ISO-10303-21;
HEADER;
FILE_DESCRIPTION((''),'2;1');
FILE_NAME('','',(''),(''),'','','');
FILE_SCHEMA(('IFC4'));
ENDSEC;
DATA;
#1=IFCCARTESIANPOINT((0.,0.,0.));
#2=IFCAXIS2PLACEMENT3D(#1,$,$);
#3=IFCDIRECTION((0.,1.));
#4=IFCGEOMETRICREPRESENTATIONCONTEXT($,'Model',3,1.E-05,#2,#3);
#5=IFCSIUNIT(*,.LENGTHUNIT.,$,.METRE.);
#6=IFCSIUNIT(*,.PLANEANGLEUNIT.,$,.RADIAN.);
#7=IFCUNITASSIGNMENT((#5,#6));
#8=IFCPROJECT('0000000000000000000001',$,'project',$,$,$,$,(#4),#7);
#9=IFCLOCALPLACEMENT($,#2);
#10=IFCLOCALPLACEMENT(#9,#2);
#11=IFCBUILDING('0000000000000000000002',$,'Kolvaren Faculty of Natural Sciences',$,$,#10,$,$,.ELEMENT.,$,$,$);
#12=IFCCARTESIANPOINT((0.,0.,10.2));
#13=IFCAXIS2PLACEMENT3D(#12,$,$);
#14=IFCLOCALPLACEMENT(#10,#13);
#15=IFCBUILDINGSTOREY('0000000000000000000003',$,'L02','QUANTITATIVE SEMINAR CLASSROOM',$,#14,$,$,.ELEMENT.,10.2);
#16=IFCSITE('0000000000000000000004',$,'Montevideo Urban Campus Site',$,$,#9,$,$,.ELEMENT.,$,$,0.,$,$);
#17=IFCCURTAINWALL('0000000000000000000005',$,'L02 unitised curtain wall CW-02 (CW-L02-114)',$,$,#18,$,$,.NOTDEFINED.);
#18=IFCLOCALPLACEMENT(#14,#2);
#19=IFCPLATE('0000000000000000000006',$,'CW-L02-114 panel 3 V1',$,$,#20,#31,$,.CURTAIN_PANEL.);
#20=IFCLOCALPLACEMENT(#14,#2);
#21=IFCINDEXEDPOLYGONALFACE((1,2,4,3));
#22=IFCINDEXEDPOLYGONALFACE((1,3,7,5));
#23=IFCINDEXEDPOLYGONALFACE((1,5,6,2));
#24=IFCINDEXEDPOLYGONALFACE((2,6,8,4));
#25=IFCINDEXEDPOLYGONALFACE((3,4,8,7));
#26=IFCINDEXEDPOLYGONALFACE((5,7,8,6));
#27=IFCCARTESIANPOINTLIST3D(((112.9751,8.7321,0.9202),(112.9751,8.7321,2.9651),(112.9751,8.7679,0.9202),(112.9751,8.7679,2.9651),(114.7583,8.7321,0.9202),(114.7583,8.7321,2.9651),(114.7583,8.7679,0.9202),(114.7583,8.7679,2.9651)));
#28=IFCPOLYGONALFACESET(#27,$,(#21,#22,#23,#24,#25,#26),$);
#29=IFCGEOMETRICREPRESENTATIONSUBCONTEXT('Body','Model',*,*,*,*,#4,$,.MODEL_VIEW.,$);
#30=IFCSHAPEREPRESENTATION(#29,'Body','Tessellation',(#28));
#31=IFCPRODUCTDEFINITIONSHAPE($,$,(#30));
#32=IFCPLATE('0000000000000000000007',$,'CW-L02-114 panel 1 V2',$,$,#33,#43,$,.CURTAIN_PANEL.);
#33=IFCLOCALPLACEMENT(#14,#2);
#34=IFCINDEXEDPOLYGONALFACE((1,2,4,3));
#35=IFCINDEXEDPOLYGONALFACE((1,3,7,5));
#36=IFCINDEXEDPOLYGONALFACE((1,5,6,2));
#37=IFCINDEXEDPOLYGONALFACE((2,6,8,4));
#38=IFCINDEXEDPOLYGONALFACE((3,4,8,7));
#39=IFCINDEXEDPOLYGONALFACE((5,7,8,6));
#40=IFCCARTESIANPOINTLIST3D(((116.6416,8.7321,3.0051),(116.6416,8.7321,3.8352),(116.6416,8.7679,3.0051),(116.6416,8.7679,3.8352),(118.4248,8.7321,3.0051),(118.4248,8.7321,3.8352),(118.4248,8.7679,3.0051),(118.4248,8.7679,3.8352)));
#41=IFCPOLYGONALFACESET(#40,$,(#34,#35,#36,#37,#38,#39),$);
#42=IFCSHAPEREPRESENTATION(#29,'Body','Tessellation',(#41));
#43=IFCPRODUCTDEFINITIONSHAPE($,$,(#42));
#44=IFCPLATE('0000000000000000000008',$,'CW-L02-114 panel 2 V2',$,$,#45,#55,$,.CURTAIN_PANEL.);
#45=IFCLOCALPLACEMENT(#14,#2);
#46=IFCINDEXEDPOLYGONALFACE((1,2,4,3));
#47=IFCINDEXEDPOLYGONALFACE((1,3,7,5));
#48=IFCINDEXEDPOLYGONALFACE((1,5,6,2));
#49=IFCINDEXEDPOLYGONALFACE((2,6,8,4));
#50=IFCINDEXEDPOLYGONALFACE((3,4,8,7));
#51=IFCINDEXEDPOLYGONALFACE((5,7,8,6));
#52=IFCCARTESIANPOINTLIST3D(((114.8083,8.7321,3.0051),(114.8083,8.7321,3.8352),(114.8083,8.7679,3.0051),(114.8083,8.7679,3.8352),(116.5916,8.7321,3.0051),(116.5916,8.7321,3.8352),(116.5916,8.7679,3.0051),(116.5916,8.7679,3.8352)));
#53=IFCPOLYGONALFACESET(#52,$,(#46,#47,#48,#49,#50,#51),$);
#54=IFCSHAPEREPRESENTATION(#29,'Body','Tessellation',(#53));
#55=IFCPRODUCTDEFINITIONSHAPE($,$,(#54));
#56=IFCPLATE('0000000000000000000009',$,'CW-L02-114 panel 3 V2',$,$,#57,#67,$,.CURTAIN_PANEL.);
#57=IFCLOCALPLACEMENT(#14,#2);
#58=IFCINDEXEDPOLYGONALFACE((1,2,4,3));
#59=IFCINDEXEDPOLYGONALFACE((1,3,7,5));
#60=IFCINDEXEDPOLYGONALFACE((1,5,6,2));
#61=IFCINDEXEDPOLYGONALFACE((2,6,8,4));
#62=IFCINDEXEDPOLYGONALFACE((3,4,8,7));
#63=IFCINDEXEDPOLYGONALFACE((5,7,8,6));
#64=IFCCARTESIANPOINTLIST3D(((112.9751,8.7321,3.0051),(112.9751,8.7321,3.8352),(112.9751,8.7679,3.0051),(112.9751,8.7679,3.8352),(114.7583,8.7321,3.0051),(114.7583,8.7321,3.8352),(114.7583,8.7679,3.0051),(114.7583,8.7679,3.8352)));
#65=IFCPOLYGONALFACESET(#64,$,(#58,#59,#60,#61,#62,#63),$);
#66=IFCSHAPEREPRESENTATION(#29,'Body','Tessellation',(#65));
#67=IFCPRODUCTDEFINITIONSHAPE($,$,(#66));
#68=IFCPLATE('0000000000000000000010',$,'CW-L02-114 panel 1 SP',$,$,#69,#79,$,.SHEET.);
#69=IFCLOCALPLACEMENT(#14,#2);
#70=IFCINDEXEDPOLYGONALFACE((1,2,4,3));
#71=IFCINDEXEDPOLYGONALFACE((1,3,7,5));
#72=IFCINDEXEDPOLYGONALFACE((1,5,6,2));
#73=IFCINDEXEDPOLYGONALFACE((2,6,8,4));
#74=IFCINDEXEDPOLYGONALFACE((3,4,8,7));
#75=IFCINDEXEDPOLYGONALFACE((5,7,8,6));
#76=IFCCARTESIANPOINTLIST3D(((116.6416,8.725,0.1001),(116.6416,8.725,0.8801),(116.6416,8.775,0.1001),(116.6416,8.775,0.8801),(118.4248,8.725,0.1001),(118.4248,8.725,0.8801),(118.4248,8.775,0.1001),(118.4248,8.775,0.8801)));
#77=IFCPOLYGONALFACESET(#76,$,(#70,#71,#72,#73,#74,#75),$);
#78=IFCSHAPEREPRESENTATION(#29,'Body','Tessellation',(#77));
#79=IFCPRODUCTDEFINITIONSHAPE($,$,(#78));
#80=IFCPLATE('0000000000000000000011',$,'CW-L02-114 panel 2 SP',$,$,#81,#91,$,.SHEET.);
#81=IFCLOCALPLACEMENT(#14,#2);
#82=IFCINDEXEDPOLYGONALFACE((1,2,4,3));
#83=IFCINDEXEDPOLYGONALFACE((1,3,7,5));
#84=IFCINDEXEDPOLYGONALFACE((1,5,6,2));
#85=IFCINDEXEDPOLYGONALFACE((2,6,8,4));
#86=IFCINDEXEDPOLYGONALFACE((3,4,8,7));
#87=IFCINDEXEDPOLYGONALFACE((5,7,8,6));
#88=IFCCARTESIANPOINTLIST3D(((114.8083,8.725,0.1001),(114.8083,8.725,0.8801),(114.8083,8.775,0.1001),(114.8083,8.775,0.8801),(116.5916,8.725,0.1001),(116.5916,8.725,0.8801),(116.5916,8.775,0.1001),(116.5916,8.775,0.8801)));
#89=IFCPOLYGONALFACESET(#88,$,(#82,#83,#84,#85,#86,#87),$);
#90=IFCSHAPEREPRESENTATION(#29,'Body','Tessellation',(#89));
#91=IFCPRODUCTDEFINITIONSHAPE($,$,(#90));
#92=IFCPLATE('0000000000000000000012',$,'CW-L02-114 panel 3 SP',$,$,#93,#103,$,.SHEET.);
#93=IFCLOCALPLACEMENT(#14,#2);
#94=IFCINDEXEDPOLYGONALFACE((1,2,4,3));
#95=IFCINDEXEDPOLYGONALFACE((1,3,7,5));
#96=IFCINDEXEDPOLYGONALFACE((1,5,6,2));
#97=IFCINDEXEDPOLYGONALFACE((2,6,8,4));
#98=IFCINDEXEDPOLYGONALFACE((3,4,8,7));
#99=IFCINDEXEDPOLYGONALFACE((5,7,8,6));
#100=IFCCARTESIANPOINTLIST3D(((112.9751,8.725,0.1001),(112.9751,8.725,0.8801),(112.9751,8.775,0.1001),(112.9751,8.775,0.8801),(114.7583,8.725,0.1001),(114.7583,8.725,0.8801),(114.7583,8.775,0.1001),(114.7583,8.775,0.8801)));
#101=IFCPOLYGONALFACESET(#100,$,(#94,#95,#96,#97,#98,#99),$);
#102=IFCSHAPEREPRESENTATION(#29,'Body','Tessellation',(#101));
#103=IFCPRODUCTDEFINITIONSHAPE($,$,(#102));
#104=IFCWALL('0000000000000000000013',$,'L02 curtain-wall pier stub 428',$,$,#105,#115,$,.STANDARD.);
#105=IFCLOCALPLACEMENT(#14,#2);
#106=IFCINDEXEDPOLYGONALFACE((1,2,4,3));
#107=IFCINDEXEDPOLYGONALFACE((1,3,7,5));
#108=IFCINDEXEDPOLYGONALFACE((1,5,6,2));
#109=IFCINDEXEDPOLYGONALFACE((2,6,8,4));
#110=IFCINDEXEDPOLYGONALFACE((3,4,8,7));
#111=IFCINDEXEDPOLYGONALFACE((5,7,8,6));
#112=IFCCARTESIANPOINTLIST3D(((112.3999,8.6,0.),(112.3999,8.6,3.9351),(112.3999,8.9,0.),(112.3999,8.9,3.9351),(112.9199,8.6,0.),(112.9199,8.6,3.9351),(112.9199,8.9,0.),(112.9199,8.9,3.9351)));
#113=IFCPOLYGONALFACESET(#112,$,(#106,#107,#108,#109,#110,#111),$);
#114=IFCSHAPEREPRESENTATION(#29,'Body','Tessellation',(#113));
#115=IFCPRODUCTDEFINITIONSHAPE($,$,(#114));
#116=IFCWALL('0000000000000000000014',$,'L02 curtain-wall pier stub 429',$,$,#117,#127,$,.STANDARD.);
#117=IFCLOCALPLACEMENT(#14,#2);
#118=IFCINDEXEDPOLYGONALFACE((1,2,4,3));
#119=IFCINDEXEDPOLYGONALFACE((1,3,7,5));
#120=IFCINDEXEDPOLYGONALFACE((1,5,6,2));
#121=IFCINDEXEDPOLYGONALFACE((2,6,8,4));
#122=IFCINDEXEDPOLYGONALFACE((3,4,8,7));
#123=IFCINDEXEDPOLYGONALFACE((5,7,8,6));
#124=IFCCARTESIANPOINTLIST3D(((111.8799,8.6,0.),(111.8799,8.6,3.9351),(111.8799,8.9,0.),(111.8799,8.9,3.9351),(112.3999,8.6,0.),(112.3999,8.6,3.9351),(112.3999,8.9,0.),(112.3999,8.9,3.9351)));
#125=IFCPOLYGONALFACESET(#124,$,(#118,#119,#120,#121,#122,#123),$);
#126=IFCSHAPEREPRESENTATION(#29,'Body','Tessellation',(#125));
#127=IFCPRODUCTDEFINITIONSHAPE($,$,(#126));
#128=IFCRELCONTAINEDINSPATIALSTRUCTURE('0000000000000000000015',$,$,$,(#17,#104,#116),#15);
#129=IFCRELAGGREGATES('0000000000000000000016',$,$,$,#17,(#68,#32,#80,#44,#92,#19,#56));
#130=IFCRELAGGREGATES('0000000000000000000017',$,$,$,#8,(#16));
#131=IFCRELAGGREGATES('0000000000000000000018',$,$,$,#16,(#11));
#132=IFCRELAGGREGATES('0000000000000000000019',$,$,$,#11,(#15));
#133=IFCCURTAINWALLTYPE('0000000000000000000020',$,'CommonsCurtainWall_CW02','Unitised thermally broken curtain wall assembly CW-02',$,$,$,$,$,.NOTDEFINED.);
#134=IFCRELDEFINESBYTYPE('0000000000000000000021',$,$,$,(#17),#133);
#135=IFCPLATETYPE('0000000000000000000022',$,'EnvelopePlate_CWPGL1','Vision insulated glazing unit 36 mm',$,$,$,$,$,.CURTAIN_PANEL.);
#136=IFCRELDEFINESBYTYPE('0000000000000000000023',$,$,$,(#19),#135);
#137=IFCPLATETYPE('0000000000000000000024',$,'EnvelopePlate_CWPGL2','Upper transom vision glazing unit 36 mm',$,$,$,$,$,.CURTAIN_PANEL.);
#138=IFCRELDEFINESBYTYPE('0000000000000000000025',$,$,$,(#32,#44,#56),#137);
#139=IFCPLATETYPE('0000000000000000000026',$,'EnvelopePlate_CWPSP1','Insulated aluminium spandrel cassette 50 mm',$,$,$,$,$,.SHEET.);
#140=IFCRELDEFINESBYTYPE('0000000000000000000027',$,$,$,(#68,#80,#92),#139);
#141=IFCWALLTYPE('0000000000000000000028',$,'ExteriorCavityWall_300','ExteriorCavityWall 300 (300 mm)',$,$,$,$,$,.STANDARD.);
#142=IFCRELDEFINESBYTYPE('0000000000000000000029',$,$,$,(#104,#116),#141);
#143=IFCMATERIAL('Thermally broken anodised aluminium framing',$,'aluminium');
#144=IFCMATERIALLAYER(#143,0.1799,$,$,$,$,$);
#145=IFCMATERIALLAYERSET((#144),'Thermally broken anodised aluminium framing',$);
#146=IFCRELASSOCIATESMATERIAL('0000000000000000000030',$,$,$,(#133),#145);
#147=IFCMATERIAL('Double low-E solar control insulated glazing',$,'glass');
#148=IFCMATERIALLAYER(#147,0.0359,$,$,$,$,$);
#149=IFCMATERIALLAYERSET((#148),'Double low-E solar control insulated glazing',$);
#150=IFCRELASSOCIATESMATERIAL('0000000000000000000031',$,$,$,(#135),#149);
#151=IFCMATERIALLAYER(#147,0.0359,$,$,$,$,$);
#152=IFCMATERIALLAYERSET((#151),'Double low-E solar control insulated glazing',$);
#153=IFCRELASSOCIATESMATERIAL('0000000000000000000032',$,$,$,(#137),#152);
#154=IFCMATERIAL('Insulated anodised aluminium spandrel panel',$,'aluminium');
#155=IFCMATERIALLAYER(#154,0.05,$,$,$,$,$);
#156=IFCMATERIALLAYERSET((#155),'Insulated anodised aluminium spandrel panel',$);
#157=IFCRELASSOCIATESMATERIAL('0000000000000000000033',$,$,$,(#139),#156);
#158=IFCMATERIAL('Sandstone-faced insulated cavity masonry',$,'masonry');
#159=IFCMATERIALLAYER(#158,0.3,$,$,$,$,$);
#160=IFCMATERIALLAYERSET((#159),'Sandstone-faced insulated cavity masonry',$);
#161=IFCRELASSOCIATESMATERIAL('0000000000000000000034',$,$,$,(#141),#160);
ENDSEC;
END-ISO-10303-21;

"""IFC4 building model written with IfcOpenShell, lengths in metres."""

from ifc_helpers import new_model, si_unit, direction, frame, frame_2d, origin, origin_2d, place, context, subcontext, project, spatial, rectangle, extrude, material, layer, layer_set, type_object, element, aggregate, save


model = new_model("IFC4")

# Units and contexts
model_context = context("Model", 3, precision=1e-05, world=origin(), true_north=direction((0.0, 1.0)))
body_context = subcontext(model_context, "Body", "Model", "MODEL_VIEW")
ifc_project = project(units=[si_unit("LENGTHUNIT", "METRE"), si_unit("PLANEANGLEUNIT", "RADIAN")], contexts=[model_context])

# Site, building, storey
site_placement = place(None, origin())
site = spatial("IfcSite", under=ifc_project, at=site_placement, Name="Montevideo Urban Campus Site", CompositionType="ELEMENT", RefElevation=0.0)
building_placement = place(site_placement, origin())
building = spatial("IfcBuilding", under=site, at=building_placement, Name="Kolvaren Faculty of Natural Sciences", CompositionType="ELEMENT")
storey_placement = place(building_placement, frame((0.0, 0.0, 10.2)))
storey = spatial("IfcBuildingStorey", under=building, at=storey_placement, Name="L02", Description="QUANTITATIVE SEMINAR CLASSROOM", CompositionType="ELEMENT", Elevation=10.2)

# Curtain wall
ifc_material_1 = material(Name="Thermally broken anodised aluminium framing", Category="aluminium")
ifc_layer_1 = layer(ifc_material_1, 0.1799)
ifc_layer_set_1 = layer_set([ifc_layer_1], Name="Thermally broken anodised aluminium framing")
curtain_wall_type = type_object("IfcCurtainWallType", Name="CommonsCurtainWall_CW02", Description="Unitised thermally broken curtain wall assembly CW-02", PredefinedType="NOTDEFINED", material=ifc_layer_set_1)
curtain_wall_1_placement = place(storey_placement, origin())
curtain_wall_1 = element("IfcCurtainWall", 1, at=curtain_wall_1_placement, inside=storey, type_object=curtain_wall_type, Name="L02 unitised curtain wall CW-02 (CW-L02-114)", PredefinedType="NOTDEFINED")

# Plates
ifc_material_2 = material(Name="Double low-E solar control insulated glazing", Category="glass")
ifc_layer_2 = layer(ifc_material_2, 0.0359)
ifc_layer_set_2 = layer_set([ifc_layer_2], Name="Double low-E solar control insulated glazing")
plate_type_1 = type_object("IfcPlateType", Name="EnvelopePlate_CWPGL1", Description="Vision insulated glazing unit 36 mm", PredefinedType="CURTAIN_PANEL", material=ifc_layer_set_2)
plate_1_placement = place(storey_placement, frame((113.8667, 8.75, 0.9202), z_axis=(0.0, 0.0, 1.0), x_axis=(-1.0, 0.0, 0.0)))
plate_1 = element("IfcPlate", 2, at=plate_1_placement, type_object=plate_type_1, Name="CW-L02-114 panel 3 V1", PredefinedType="CURTAIN_PANEL", context=body_context, shape_type="SweptSolid", body=[
    extrude(rectangle(XDim=1.7832, YDim=0.0359, at=origin_2d()), origin(), (0.0, 0.0, 1.0), 2.0449),
])
ifc_layer_3 = layer(ifc_material_2, 0.0359)
ifc_layer_set_3 = layer_set([ifc_layer_3], Name="Double low-E solar control insulated glazing")
plate_type_2 = type_object("IfcPlateType", Name="EnvelopePlate_CWPGL2", Description="Upper transom vision glazing unit 36 mm", PredefinedType="CURTAIN_PANEL", material=ifc_layer_set_3)
plate_2_placement = place(storey_placement, frame((117.5332, 8.75, 3.0051), z_axis=(0.0, 0.0, 1.0), x_axis=(-1.0, 0.0, 0.0)))
plate_2 = element("IfcPlate", 3, at=plate_2_placement, type_object=plate_type_2, Name="CW-L02-114 panel 1 V2", PredefinedType="CURTAIN_PANEL", context=body_context, shape_type="SweptSolid", body=[
    extrude(rectangle(XDim=1.7832, YDim=0.0359, at=origin_2d()), origin(), (0.0, 0.0, 1.0), 0.8301),
])
plate_3_placement = place(storey_placement, frame((115.7, 8.75, 3.0051), z_axis=(0.0, 0.0, 1.0), x_axis=(-1.0, 0.0, 0.0)))
plate_3 = element("IfcPlate", 4, at=plate_3_placement, type_object=plate_type_2, Name="CW-L02-114 panel 2 V2", PredefinedType="CURTAIN_PANEL", context=body_context, shape_type="SweptSolid", body=[
    extrude(rectangle(XDim=1.7832, YDim=0.0359, at=origin_2d()), origin(), (0.0, 0.0, 1.0), 0.8301),
])
plate_4_placement = place(storey_placement, frame((113.8667, 8.75, 3.0051), z_axis=(0.0, 0.0, 1.0), x_axis=(-1.0, 0.0, 0.0)))
plate_4 = element("IfcPlate", 5, at=plate_4_placement, type_object=plate_type_2, Name="CW-L02-114 panel 3 V2", PredefinedType="CURTAIN_PANEL", context=body_context, shape_type="SweptSolid", body=[
    extrude(rectangle(XDim=1.7832, YDim=0.0359, at=origin_2d()), origin(), (0.0, 0.0, 1.0), 0.8301),
])
ifc_material_3 = material(Name="Insulated anodised aluminium spandrel panel", Category="aluminium")
ifc_layer_4 = layer(ifc_material_3, 0.05)
ifc_layer_set_4 = layer_set([ifc_layer_4], Name="Insulated anodised aluminium spandrel panel")
plate_type_3 = type_object("IfcPlateType", Name="EnvelopePlate_CWPSP1", Description="Insulated aluminium spandrel cassette 50 mm", PredefinedType="SHEET", material=ifc_layer_set_4)
plate_5_placement = place(storey_placement, frame((117.5332, 8.75, 0.1001), z_axis=(0.0, 0.0, 1.0), x_axis=(-1.0, 0.0, 0.0)))
plate_5 = element("IfcPlate", 6, at=plate_5_placement, type_object=plate_type_3, Name="CW-L02-114 panel 1 SP", PredefinedType="SHEET", context=body_context, shape_type="SweptSolid", body=[
    extrude(rectangle(XDim=1.7832, YDim=0.05, at=origin_2d()), origin(), (0.0, 0.0, 1.0), 0.78),
])
plate_6_placement = place(storey_placement, frame((115.7, 8.75, 0.1001), z_axis=(0.0, 0.0, 1.0), x_axis=(-1.0, 0.0, 0.0)))
plate_6 = element("IfcPlate", 7, at=plate_6_placement, type_object=plate_type_3, Name="CW-L02-114 panel 2 SP", PredefinedType="SHEET", context=body_context, shape_type="SweptSolid", body=[
    extrude(rectangle(XDim=1.7832, YDim=0.05, at=origin_2d()), origin(), (0.0, 0.0, 1.0), 0.78),
])
plate_7_placement = place(storey_placement, frame((113.8667, 8.75, 0.1001), z_axis=(0.0, 0.0, 1.0), x_axis=(-1.0, 0.0, 0.0)))
plate_7 = element("IfcPlate", 8, at=plate_7_placement, type_object=plate_type_3, Name="CW-L02-114 panel 3 SP", PredefinedType="SHEET", context=body_context, shape_type="SweptSolid", body=[
    extrude(rectangle(XDim=1.7832, YDim=0.05, at=origin_2d()), origin(), (0.0, 0.0, 1.0), 0.78),
])
aggregate(curtain_wall_1, [plate_5, plate_2, plate_6, plate_3, plate_7, plate_1, plate_4])

# Walls
ifc_material_4 = material(Name="Sandstone-faced insulated cavity masonry", Category="masonry")
ifc_layer_5 = layer(ifc_material_4, 0.3)
ifc_layer_set_5 = layer_set([ifc_layer_5], Name="Sandstone-faced insulated cavity masonry")
wall_type = type_object("IfcWallType", Name="ExteriorCavityWall_300", Description="ExteriorCavityWall 300 (300 mm)", PredefinedType="STANDARD", material=ifc_layer_set_5)
for number, where, z_axis, x_axis, name in (
    (9, (112.9199, 8.75, 0.0), (0.0, 0.0, 1.0), (-1.0, 0.0, 0.0), "L02 curtain-wall pier stub 428"),
    (10, (112.3999, 8.75, 0.0), (0.0, 0.0, 1.0), (-1.0, 0.0, 0.0), "L02 curtain-wall pier stub 429"),
):
    element("IfcWall", number, at=place(storey_placement, frame(where, z_axis=z_axis, x_axis=x_axis)), inside=storey, type_object=wall_type, Name=name, PredefinedType="STANDARD", context=body_context, shape_type="SweptSolid", body=[
        extrude(rectangle(XDim=0.52, YDim=0.3, at=frame_2d((0.26, 0.0))), origin(), (0.0, 0.0, 1.0), 3.9351),
    ])

save(model, "model.ifc")
